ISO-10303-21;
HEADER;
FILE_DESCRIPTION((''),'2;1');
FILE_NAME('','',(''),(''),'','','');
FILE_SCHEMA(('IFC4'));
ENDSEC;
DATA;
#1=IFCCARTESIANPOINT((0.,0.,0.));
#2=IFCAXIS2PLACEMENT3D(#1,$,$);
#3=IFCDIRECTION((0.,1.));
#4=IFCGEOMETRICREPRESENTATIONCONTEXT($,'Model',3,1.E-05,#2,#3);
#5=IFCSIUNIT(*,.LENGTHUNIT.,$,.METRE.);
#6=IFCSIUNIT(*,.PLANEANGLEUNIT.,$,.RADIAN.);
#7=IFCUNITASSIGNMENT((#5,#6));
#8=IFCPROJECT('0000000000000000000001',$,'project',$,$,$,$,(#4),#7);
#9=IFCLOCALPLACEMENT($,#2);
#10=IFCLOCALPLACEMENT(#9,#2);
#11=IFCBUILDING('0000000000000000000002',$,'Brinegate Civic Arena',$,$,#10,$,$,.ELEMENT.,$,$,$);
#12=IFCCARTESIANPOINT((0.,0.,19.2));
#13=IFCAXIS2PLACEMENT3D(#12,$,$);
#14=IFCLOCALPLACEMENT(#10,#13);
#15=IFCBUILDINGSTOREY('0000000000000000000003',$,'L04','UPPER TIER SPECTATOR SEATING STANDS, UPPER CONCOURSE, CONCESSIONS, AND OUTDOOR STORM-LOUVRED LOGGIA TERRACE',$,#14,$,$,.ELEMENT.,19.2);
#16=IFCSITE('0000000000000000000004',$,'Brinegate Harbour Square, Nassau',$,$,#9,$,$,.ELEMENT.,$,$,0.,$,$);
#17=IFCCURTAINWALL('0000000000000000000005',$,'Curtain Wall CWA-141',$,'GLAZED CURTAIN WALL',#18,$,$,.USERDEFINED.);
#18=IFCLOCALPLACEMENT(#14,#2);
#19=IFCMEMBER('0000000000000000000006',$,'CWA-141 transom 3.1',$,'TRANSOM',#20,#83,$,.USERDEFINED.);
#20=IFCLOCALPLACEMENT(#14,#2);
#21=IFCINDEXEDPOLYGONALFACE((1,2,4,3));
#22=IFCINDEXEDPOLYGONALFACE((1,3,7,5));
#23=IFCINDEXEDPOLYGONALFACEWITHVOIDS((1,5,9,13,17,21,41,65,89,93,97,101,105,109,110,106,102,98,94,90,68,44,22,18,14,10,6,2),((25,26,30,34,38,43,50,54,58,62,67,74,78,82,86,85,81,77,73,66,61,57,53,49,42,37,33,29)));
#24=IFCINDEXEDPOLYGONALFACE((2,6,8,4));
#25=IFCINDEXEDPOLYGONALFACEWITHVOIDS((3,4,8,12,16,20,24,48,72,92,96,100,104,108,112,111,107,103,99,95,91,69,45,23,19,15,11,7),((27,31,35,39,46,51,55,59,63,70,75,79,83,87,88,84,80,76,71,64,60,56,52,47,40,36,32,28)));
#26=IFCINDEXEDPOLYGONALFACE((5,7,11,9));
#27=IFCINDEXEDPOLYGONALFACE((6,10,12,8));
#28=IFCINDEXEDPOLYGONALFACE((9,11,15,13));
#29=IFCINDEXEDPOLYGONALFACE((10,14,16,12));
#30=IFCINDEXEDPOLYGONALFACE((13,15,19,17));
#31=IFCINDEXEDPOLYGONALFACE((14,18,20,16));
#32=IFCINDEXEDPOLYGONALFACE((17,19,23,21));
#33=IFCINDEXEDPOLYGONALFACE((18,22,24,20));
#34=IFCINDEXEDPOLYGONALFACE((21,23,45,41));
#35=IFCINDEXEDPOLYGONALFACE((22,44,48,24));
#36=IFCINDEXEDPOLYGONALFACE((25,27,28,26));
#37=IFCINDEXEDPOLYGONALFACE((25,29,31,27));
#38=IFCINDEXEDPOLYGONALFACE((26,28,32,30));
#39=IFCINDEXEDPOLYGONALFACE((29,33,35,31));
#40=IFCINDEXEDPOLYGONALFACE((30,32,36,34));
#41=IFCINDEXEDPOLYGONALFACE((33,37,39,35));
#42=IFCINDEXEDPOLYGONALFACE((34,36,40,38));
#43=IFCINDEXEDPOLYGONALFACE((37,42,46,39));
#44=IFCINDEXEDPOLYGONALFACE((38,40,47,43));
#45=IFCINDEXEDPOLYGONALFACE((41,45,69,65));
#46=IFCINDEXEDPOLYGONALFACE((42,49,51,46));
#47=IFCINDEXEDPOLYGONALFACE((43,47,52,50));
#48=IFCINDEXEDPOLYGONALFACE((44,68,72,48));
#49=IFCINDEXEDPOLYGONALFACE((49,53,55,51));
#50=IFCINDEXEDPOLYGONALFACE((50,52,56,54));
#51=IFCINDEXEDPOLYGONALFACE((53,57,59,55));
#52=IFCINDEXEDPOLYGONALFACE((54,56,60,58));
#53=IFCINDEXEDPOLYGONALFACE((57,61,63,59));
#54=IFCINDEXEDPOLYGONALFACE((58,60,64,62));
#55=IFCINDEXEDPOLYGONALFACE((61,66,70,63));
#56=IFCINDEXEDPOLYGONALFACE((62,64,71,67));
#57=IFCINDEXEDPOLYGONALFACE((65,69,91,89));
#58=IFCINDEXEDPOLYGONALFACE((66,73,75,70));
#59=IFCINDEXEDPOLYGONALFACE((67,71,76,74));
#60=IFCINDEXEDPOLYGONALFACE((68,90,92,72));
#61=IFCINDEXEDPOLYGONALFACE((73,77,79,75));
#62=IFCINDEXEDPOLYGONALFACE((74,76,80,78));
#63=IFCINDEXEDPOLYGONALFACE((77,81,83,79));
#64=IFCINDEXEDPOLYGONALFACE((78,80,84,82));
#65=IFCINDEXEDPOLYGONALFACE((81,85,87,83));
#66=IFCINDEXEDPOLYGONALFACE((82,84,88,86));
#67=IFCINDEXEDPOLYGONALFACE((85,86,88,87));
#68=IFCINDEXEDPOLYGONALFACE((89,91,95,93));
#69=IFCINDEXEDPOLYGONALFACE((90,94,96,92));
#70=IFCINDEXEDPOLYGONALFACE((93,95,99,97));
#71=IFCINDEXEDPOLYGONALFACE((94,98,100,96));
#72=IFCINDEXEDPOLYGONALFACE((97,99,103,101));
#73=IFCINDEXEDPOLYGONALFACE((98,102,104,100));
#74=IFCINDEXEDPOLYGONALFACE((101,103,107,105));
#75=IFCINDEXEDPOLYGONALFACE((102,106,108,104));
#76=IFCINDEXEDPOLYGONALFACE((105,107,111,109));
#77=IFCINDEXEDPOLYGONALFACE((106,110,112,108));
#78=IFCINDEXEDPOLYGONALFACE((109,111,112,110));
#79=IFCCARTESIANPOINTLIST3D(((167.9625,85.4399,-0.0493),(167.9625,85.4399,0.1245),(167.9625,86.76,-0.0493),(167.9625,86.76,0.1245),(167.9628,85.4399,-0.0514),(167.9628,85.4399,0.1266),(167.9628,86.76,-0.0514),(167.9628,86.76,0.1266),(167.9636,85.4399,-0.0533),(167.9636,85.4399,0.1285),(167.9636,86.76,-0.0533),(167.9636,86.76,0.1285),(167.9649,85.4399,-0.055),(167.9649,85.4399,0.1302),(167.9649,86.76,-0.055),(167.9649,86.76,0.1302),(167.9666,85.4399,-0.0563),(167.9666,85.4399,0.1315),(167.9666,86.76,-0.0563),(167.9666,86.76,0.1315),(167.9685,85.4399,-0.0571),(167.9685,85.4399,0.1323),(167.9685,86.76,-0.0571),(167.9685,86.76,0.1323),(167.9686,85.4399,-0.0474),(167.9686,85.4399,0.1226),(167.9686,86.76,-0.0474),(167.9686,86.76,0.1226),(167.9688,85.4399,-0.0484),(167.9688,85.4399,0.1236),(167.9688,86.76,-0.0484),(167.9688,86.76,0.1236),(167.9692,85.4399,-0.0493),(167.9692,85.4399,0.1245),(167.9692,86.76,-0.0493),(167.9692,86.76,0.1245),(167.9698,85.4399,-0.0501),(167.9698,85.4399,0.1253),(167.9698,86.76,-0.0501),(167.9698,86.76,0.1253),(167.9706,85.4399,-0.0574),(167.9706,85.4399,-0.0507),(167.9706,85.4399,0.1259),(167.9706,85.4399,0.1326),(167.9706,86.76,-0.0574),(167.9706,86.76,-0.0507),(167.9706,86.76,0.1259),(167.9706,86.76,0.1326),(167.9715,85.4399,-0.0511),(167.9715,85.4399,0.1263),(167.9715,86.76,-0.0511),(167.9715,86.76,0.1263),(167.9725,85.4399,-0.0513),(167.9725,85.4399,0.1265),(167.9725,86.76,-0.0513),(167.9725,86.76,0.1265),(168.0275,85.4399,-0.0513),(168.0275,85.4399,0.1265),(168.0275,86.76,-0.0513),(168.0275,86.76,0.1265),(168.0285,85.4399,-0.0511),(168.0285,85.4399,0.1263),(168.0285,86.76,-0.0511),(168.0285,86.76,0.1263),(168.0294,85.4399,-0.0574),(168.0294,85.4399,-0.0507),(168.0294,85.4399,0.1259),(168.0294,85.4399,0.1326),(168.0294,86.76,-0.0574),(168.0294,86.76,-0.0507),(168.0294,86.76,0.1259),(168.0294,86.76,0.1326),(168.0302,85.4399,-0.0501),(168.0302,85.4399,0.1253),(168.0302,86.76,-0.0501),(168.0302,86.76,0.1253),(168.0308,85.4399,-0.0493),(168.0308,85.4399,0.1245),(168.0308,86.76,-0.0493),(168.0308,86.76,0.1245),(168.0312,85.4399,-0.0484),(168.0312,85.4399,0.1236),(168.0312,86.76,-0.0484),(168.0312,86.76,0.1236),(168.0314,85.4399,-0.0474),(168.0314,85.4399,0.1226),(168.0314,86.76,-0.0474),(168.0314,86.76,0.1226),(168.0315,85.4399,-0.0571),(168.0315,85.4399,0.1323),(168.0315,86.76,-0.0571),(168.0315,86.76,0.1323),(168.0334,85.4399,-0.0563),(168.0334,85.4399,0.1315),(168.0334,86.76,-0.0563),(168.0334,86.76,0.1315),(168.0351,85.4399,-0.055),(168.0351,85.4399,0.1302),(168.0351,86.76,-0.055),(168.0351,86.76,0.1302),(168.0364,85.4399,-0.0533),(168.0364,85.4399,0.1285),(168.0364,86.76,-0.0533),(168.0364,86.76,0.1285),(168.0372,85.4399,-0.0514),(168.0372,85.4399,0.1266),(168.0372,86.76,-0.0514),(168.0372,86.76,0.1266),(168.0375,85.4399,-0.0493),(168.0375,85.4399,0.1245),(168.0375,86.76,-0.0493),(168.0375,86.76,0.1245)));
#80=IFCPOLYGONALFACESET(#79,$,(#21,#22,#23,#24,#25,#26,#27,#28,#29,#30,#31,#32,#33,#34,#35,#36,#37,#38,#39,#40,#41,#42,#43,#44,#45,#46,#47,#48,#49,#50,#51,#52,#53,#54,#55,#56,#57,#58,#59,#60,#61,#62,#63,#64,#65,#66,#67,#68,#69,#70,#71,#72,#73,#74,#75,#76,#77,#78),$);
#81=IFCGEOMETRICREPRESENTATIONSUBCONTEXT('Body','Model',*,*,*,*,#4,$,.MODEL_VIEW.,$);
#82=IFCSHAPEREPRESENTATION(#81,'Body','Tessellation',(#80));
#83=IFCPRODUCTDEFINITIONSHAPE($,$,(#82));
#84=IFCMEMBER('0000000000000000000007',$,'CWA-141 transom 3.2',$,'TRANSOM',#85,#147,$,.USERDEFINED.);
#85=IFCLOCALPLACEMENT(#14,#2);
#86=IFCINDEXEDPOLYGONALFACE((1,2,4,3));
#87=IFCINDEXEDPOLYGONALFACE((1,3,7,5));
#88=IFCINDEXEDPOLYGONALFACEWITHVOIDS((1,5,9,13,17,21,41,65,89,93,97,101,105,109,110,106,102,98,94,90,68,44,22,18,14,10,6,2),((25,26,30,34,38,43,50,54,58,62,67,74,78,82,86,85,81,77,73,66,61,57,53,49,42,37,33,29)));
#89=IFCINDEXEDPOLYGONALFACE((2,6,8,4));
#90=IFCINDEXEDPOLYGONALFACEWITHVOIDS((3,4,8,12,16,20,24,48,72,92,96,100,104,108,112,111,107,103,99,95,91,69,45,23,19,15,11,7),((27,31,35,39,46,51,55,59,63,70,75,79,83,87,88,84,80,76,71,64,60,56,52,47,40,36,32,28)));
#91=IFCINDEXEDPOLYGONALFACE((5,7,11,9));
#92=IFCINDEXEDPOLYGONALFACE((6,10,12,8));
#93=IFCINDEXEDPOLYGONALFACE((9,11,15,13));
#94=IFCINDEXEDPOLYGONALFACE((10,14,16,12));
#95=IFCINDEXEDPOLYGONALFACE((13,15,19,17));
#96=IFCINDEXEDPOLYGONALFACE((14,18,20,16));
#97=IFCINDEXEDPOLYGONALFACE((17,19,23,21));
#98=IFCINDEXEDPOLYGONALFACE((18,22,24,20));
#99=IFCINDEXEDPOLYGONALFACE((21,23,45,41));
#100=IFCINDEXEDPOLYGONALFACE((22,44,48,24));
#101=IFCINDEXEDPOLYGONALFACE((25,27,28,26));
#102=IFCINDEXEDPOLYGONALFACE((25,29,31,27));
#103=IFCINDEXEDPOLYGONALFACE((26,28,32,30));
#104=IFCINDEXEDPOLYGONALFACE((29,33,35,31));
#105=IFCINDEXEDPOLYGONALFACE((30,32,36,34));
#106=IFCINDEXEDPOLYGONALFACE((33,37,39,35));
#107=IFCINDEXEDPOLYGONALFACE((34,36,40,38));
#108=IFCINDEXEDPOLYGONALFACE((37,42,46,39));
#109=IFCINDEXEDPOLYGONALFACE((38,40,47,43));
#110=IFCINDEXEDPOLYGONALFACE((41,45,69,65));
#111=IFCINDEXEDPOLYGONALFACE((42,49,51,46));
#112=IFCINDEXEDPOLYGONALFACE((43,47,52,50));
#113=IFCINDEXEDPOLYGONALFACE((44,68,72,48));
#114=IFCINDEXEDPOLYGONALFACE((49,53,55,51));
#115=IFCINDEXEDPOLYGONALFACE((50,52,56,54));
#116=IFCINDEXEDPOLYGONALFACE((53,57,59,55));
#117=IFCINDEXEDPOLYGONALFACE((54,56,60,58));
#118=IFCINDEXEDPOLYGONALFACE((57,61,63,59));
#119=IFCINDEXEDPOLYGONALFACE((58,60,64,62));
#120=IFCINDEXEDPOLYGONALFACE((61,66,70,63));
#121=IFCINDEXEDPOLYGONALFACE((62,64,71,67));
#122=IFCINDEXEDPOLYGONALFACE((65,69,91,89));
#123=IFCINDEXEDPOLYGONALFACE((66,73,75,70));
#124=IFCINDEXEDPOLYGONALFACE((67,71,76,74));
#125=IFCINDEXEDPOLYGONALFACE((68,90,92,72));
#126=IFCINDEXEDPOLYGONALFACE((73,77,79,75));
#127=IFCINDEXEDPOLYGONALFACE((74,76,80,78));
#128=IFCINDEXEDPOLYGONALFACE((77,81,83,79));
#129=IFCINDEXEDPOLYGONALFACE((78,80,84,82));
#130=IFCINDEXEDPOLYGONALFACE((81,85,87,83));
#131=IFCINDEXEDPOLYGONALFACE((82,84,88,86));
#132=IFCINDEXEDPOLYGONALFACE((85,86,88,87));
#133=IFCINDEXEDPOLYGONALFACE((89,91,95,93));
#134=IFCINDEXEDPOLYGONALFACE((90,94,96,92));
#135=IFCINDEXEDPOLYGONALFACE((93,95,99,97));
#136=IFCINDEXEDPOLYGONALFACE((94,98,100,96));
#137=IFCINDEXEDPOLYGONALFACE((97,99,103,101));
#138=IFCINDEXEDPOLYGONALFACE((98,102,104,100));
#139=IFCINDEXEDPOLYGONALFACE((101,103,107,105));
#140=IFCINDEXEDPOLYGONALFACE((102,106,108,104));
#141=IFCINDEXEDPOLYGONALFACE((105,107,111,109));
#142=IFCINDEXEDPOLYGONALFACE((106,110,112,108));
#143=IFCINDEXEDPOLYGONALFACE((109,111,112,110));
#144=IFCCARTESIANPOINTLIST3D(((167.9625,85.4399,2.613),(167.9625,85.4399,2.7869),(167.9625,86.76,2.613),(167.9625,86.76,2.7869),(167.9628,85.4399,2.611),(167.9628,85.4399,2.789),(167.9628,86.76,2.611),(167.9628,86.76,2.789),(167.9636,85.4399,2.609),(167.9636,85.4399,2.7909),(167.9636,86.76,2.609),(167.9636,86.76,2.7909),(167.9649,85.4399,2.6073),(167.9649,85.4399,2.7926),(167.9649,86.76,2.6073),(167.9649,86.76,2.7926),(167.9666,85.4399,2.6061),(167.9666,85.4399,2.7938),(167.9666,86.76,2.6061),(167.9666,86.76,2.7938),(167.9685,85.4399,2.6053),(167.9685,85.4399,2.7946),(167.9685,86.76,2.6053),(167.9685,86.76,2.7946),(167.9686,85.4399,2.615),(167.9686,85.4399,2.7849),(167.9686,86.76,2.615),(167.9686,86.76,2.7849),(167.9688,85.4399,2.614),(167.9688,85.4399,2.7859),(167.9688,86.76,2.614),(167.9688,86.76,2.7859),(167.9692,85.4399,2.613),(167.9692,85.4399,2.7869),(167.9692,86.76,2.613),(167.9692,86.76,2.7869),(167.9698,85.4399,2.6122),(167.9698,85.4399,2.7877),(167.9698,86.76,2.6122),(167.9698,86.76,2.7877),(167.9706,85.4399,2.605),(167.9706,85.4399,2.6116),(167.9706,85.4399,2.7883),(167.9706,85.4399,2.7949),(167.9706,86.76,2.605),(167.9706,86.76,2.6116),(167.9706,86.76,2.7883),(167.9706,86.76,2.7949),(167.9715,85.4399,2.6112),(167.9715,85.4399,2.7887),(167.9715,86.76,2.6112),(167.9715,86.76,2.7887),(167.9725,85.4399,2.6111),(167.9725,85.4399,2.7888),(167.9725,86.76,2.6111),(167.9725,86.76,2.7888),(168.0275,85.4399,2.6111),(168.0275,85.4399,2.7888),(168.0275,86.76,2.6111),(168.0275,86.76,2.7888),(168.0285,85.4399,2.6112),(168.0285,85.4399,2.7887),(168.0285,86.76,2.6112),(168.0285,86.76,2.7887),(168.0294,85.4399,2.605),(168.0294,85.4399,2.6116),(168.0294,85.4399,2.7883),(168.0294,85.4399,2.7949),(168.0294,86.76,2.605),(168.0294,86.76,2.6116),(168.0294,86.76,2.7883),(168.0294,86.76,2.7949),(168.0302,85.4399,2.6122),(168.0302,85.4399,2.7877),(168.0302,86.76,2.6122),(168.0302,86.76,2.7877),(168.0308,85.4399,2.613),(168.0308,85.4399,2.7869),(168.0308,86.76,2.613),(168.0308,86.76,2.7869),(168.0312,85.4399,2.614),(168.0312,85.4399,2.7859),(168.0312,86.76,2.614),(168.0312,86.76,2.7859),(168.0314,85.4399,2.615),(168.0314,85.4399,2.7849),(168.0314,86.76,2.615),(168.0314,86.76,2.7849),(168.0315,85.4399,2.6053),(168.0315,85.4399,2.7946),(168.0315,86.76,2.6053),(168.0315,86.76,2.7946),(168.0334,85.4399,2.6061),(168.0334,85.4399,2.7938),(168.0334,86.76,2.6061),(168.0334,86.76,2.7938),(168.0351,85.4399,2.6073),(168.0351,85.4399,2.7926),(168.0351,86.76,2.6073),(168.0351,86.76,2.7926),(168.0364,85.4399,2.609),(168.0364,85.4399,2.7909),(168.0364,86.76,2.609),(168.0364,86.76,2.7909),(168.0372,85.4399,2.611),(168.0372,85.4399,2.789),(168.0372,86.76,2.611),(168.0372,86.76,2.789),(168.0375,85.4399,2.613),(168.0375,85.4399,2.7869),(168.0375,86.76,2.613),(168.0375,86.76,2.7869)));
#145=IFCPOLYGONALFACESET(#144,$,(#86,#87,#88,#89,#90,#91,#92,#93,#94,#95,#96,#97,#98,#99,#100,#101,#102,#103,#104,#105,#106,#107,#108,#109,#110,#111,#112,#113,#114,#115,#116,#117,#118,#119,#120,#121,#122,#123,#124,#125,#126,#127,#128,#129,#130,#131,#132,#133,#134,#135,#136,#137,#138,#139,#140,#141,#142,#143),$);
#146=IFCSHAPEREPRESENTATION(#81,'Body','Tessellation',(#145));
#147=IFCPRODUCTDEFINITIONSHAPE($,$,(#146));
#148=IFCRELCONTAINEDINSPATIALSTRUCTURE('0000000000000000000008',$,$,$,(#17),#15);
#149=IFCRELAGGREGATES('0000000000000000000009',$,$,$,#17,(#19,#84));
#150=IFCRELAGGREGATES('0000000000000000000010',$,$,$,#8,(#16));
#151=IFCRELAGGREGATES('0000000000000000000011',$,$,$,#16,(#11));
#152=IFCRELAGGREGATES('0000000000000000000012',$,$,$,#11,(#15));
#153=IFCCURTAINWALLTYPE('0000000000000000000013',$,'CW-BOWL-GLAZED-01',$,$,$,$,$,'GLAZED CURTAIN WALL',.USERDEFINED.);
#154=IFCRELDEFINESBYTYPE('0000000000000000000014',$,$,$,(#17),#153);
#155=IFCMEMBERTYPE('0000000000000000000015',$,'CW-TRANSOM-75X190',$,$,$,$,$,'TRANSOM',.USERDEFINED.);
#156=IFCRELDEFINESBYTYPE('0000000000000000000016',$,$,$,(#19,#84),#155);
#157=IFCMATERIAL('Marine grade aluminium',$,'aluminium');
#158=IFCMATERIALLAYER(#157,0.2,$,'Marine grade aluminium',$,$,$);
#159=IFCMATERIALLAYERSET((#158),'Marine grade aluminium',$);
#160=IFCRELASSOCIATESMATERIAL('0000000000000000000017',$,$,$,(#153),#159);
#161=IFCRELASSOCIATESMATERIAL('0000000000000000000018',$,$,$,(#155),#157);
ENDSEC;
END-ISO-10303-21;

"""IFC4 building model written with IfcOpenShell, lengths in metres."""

from ifc_helpers import new_model, si_unit, direction, frame, origin, origin_2d, place, context, subcontext, project, spatial, hollow_rectangle, extrude, material, layer, layer_set, material_profile, profile_set, type_object, element, aggregate, save


model = new_model("IFC4")

# Units and contexts
model_context = context("Model", 3, precision=1e-05, world=origin(), true_north=direction((0.0, 1.0)))
body_context = subcontext(model_context, "Body", "Model", "MODEL_VIEW")
ifc_project = project(units=[si_unit("LENGTHUNIT", "METRE"), si_unit("PLANEANGLEUNIT", "RADIAN")], contexts=[model_context])

# Site, building, storey
site_placement = place(None, origin())
site = spatial("IfcSite", under=ifc_project, at=site_placement, Name="Brinegate Harbour Square, Nassau", CompositionType="ELEMENT", RefElevation=0.0)
building_placement = place(site_placement, origin())
building = spatial("IfcBuilding", under=site, at=building_placement, Name="Brinegate Civic Arena", CompositionType="ELEMENT")
storey_placement = place(building_placement, frame((0.0, 0.0, 19.2)))
storey = spatial("IfcBuildingStorey", under=building, at=storey_placement, Name="L04", Description="UPPER TIER SPECTATOR SEATING STANDS, UPPER CONCOURSE, CONCESSIONS, AND OUTDOOR STORM-LOUVRED LOGGIA TERRACE", CompositionType="ELEMENT", Elevation=19.2)

# Curtain wall, members
ifc_material_1 = material(Name="Marine grade aluminium", Category="aluminium")
ifc_layer_1 = layer(ifc_material_1, 0.2, Name="Marine grade aluminium")
ifc_layer_set_1 = layer_set([ifc_layer_1], Name="Marine grade aluminium")
curtain_wall_type = type_object("IfcCurtainWallType", Name="CW-BOWL-GLAZED-01", ElementType="GLAZED CURTAIN WALL", PredefinedType="USERDEFINED", material=ifc_layer_set_1)
curtain_wall_placement = place(storey_placement, origin())
curtain_wall = element("IfcCurtainWall", 1, at=curtain_wall_placement, inside=storey, type_object=curtain_wall_type, Name="Curtain Wall CWA-141", ObjectType="GLAZED CURTAIN WALL", PredefinedType="USERDEFINED")
ifc_material_profile_1 = material_profile(ifc_material_1, hollow_rectangle(XDim=0.075, YDim=0.1899, WallThickness=0.0061, InnerFilletRadius=0.0039, OuterFilletRadius=0.0081, at=origin_2d()), Name="TRN75X190")
ifc_profile_set_1 = profile_set([ifc_material_profile_1], Name="Marine grade aluminium")
member_type_1 = type_object("IfcMemberType", Name="CW-TRANSOM-75X190", ElementType="TRANSOM", PredefinedType="USERDEFINED", material=ifc_profile_set_1)
member_1_placement = place(storey_placement, frame((168.0, 85.4399, 0.0376), z_axis=(0.0, 1.0, 0.0), x_axis=(-1.0, 0.0, 0.0)))
member_1 = element("IfcMember", 2, at=member_1_placement, type_object=member_type_1, Name="CWA-141 transom 3.1", ObjectType="TRANSOM", PredefinedType="USERDEFINED", context=body_context, shape_type="SweptSolid", body=[
    extrude(hollow_rectangle(XDim=0.075, YDim=0.1899, WallThickness=0.0061, InnerFilletRadius=0.0039, OuterFilletRadius=0.0081, at=origin_2d()), origin(), (0.0, 0.0, 1.0), 1.3201),
])
member_2_placement = place(storey_placement, frame((168.0, 85.4399, 2.7), z_axis=(0.0, 1.0, 0.0), x_axis=(-1.0, 0.0, 0.0)))
member_2 = element("IfcMember", 3, at=member_2_placement, type_object=member_type_1, Name="CWA-141 transom 3.2", ObjectType="TRANSOM", PredefinedType="USERDEFINED", context=body_context, shape_type="SweptSolid", body=[
    extrude(hollow_rectangle(XDim=0.075, YDim=0.1899, WallThickness=0.0061, InnerFilletRadius=0.0039, OuterFilletRadius=0.0081, at=origin_2d()), origin(), (0.0, 0.0, 1.0), 1.3201),
])

aggregate(curtain_wall, [member_1, member_2])

save(model, "model.ifc")
